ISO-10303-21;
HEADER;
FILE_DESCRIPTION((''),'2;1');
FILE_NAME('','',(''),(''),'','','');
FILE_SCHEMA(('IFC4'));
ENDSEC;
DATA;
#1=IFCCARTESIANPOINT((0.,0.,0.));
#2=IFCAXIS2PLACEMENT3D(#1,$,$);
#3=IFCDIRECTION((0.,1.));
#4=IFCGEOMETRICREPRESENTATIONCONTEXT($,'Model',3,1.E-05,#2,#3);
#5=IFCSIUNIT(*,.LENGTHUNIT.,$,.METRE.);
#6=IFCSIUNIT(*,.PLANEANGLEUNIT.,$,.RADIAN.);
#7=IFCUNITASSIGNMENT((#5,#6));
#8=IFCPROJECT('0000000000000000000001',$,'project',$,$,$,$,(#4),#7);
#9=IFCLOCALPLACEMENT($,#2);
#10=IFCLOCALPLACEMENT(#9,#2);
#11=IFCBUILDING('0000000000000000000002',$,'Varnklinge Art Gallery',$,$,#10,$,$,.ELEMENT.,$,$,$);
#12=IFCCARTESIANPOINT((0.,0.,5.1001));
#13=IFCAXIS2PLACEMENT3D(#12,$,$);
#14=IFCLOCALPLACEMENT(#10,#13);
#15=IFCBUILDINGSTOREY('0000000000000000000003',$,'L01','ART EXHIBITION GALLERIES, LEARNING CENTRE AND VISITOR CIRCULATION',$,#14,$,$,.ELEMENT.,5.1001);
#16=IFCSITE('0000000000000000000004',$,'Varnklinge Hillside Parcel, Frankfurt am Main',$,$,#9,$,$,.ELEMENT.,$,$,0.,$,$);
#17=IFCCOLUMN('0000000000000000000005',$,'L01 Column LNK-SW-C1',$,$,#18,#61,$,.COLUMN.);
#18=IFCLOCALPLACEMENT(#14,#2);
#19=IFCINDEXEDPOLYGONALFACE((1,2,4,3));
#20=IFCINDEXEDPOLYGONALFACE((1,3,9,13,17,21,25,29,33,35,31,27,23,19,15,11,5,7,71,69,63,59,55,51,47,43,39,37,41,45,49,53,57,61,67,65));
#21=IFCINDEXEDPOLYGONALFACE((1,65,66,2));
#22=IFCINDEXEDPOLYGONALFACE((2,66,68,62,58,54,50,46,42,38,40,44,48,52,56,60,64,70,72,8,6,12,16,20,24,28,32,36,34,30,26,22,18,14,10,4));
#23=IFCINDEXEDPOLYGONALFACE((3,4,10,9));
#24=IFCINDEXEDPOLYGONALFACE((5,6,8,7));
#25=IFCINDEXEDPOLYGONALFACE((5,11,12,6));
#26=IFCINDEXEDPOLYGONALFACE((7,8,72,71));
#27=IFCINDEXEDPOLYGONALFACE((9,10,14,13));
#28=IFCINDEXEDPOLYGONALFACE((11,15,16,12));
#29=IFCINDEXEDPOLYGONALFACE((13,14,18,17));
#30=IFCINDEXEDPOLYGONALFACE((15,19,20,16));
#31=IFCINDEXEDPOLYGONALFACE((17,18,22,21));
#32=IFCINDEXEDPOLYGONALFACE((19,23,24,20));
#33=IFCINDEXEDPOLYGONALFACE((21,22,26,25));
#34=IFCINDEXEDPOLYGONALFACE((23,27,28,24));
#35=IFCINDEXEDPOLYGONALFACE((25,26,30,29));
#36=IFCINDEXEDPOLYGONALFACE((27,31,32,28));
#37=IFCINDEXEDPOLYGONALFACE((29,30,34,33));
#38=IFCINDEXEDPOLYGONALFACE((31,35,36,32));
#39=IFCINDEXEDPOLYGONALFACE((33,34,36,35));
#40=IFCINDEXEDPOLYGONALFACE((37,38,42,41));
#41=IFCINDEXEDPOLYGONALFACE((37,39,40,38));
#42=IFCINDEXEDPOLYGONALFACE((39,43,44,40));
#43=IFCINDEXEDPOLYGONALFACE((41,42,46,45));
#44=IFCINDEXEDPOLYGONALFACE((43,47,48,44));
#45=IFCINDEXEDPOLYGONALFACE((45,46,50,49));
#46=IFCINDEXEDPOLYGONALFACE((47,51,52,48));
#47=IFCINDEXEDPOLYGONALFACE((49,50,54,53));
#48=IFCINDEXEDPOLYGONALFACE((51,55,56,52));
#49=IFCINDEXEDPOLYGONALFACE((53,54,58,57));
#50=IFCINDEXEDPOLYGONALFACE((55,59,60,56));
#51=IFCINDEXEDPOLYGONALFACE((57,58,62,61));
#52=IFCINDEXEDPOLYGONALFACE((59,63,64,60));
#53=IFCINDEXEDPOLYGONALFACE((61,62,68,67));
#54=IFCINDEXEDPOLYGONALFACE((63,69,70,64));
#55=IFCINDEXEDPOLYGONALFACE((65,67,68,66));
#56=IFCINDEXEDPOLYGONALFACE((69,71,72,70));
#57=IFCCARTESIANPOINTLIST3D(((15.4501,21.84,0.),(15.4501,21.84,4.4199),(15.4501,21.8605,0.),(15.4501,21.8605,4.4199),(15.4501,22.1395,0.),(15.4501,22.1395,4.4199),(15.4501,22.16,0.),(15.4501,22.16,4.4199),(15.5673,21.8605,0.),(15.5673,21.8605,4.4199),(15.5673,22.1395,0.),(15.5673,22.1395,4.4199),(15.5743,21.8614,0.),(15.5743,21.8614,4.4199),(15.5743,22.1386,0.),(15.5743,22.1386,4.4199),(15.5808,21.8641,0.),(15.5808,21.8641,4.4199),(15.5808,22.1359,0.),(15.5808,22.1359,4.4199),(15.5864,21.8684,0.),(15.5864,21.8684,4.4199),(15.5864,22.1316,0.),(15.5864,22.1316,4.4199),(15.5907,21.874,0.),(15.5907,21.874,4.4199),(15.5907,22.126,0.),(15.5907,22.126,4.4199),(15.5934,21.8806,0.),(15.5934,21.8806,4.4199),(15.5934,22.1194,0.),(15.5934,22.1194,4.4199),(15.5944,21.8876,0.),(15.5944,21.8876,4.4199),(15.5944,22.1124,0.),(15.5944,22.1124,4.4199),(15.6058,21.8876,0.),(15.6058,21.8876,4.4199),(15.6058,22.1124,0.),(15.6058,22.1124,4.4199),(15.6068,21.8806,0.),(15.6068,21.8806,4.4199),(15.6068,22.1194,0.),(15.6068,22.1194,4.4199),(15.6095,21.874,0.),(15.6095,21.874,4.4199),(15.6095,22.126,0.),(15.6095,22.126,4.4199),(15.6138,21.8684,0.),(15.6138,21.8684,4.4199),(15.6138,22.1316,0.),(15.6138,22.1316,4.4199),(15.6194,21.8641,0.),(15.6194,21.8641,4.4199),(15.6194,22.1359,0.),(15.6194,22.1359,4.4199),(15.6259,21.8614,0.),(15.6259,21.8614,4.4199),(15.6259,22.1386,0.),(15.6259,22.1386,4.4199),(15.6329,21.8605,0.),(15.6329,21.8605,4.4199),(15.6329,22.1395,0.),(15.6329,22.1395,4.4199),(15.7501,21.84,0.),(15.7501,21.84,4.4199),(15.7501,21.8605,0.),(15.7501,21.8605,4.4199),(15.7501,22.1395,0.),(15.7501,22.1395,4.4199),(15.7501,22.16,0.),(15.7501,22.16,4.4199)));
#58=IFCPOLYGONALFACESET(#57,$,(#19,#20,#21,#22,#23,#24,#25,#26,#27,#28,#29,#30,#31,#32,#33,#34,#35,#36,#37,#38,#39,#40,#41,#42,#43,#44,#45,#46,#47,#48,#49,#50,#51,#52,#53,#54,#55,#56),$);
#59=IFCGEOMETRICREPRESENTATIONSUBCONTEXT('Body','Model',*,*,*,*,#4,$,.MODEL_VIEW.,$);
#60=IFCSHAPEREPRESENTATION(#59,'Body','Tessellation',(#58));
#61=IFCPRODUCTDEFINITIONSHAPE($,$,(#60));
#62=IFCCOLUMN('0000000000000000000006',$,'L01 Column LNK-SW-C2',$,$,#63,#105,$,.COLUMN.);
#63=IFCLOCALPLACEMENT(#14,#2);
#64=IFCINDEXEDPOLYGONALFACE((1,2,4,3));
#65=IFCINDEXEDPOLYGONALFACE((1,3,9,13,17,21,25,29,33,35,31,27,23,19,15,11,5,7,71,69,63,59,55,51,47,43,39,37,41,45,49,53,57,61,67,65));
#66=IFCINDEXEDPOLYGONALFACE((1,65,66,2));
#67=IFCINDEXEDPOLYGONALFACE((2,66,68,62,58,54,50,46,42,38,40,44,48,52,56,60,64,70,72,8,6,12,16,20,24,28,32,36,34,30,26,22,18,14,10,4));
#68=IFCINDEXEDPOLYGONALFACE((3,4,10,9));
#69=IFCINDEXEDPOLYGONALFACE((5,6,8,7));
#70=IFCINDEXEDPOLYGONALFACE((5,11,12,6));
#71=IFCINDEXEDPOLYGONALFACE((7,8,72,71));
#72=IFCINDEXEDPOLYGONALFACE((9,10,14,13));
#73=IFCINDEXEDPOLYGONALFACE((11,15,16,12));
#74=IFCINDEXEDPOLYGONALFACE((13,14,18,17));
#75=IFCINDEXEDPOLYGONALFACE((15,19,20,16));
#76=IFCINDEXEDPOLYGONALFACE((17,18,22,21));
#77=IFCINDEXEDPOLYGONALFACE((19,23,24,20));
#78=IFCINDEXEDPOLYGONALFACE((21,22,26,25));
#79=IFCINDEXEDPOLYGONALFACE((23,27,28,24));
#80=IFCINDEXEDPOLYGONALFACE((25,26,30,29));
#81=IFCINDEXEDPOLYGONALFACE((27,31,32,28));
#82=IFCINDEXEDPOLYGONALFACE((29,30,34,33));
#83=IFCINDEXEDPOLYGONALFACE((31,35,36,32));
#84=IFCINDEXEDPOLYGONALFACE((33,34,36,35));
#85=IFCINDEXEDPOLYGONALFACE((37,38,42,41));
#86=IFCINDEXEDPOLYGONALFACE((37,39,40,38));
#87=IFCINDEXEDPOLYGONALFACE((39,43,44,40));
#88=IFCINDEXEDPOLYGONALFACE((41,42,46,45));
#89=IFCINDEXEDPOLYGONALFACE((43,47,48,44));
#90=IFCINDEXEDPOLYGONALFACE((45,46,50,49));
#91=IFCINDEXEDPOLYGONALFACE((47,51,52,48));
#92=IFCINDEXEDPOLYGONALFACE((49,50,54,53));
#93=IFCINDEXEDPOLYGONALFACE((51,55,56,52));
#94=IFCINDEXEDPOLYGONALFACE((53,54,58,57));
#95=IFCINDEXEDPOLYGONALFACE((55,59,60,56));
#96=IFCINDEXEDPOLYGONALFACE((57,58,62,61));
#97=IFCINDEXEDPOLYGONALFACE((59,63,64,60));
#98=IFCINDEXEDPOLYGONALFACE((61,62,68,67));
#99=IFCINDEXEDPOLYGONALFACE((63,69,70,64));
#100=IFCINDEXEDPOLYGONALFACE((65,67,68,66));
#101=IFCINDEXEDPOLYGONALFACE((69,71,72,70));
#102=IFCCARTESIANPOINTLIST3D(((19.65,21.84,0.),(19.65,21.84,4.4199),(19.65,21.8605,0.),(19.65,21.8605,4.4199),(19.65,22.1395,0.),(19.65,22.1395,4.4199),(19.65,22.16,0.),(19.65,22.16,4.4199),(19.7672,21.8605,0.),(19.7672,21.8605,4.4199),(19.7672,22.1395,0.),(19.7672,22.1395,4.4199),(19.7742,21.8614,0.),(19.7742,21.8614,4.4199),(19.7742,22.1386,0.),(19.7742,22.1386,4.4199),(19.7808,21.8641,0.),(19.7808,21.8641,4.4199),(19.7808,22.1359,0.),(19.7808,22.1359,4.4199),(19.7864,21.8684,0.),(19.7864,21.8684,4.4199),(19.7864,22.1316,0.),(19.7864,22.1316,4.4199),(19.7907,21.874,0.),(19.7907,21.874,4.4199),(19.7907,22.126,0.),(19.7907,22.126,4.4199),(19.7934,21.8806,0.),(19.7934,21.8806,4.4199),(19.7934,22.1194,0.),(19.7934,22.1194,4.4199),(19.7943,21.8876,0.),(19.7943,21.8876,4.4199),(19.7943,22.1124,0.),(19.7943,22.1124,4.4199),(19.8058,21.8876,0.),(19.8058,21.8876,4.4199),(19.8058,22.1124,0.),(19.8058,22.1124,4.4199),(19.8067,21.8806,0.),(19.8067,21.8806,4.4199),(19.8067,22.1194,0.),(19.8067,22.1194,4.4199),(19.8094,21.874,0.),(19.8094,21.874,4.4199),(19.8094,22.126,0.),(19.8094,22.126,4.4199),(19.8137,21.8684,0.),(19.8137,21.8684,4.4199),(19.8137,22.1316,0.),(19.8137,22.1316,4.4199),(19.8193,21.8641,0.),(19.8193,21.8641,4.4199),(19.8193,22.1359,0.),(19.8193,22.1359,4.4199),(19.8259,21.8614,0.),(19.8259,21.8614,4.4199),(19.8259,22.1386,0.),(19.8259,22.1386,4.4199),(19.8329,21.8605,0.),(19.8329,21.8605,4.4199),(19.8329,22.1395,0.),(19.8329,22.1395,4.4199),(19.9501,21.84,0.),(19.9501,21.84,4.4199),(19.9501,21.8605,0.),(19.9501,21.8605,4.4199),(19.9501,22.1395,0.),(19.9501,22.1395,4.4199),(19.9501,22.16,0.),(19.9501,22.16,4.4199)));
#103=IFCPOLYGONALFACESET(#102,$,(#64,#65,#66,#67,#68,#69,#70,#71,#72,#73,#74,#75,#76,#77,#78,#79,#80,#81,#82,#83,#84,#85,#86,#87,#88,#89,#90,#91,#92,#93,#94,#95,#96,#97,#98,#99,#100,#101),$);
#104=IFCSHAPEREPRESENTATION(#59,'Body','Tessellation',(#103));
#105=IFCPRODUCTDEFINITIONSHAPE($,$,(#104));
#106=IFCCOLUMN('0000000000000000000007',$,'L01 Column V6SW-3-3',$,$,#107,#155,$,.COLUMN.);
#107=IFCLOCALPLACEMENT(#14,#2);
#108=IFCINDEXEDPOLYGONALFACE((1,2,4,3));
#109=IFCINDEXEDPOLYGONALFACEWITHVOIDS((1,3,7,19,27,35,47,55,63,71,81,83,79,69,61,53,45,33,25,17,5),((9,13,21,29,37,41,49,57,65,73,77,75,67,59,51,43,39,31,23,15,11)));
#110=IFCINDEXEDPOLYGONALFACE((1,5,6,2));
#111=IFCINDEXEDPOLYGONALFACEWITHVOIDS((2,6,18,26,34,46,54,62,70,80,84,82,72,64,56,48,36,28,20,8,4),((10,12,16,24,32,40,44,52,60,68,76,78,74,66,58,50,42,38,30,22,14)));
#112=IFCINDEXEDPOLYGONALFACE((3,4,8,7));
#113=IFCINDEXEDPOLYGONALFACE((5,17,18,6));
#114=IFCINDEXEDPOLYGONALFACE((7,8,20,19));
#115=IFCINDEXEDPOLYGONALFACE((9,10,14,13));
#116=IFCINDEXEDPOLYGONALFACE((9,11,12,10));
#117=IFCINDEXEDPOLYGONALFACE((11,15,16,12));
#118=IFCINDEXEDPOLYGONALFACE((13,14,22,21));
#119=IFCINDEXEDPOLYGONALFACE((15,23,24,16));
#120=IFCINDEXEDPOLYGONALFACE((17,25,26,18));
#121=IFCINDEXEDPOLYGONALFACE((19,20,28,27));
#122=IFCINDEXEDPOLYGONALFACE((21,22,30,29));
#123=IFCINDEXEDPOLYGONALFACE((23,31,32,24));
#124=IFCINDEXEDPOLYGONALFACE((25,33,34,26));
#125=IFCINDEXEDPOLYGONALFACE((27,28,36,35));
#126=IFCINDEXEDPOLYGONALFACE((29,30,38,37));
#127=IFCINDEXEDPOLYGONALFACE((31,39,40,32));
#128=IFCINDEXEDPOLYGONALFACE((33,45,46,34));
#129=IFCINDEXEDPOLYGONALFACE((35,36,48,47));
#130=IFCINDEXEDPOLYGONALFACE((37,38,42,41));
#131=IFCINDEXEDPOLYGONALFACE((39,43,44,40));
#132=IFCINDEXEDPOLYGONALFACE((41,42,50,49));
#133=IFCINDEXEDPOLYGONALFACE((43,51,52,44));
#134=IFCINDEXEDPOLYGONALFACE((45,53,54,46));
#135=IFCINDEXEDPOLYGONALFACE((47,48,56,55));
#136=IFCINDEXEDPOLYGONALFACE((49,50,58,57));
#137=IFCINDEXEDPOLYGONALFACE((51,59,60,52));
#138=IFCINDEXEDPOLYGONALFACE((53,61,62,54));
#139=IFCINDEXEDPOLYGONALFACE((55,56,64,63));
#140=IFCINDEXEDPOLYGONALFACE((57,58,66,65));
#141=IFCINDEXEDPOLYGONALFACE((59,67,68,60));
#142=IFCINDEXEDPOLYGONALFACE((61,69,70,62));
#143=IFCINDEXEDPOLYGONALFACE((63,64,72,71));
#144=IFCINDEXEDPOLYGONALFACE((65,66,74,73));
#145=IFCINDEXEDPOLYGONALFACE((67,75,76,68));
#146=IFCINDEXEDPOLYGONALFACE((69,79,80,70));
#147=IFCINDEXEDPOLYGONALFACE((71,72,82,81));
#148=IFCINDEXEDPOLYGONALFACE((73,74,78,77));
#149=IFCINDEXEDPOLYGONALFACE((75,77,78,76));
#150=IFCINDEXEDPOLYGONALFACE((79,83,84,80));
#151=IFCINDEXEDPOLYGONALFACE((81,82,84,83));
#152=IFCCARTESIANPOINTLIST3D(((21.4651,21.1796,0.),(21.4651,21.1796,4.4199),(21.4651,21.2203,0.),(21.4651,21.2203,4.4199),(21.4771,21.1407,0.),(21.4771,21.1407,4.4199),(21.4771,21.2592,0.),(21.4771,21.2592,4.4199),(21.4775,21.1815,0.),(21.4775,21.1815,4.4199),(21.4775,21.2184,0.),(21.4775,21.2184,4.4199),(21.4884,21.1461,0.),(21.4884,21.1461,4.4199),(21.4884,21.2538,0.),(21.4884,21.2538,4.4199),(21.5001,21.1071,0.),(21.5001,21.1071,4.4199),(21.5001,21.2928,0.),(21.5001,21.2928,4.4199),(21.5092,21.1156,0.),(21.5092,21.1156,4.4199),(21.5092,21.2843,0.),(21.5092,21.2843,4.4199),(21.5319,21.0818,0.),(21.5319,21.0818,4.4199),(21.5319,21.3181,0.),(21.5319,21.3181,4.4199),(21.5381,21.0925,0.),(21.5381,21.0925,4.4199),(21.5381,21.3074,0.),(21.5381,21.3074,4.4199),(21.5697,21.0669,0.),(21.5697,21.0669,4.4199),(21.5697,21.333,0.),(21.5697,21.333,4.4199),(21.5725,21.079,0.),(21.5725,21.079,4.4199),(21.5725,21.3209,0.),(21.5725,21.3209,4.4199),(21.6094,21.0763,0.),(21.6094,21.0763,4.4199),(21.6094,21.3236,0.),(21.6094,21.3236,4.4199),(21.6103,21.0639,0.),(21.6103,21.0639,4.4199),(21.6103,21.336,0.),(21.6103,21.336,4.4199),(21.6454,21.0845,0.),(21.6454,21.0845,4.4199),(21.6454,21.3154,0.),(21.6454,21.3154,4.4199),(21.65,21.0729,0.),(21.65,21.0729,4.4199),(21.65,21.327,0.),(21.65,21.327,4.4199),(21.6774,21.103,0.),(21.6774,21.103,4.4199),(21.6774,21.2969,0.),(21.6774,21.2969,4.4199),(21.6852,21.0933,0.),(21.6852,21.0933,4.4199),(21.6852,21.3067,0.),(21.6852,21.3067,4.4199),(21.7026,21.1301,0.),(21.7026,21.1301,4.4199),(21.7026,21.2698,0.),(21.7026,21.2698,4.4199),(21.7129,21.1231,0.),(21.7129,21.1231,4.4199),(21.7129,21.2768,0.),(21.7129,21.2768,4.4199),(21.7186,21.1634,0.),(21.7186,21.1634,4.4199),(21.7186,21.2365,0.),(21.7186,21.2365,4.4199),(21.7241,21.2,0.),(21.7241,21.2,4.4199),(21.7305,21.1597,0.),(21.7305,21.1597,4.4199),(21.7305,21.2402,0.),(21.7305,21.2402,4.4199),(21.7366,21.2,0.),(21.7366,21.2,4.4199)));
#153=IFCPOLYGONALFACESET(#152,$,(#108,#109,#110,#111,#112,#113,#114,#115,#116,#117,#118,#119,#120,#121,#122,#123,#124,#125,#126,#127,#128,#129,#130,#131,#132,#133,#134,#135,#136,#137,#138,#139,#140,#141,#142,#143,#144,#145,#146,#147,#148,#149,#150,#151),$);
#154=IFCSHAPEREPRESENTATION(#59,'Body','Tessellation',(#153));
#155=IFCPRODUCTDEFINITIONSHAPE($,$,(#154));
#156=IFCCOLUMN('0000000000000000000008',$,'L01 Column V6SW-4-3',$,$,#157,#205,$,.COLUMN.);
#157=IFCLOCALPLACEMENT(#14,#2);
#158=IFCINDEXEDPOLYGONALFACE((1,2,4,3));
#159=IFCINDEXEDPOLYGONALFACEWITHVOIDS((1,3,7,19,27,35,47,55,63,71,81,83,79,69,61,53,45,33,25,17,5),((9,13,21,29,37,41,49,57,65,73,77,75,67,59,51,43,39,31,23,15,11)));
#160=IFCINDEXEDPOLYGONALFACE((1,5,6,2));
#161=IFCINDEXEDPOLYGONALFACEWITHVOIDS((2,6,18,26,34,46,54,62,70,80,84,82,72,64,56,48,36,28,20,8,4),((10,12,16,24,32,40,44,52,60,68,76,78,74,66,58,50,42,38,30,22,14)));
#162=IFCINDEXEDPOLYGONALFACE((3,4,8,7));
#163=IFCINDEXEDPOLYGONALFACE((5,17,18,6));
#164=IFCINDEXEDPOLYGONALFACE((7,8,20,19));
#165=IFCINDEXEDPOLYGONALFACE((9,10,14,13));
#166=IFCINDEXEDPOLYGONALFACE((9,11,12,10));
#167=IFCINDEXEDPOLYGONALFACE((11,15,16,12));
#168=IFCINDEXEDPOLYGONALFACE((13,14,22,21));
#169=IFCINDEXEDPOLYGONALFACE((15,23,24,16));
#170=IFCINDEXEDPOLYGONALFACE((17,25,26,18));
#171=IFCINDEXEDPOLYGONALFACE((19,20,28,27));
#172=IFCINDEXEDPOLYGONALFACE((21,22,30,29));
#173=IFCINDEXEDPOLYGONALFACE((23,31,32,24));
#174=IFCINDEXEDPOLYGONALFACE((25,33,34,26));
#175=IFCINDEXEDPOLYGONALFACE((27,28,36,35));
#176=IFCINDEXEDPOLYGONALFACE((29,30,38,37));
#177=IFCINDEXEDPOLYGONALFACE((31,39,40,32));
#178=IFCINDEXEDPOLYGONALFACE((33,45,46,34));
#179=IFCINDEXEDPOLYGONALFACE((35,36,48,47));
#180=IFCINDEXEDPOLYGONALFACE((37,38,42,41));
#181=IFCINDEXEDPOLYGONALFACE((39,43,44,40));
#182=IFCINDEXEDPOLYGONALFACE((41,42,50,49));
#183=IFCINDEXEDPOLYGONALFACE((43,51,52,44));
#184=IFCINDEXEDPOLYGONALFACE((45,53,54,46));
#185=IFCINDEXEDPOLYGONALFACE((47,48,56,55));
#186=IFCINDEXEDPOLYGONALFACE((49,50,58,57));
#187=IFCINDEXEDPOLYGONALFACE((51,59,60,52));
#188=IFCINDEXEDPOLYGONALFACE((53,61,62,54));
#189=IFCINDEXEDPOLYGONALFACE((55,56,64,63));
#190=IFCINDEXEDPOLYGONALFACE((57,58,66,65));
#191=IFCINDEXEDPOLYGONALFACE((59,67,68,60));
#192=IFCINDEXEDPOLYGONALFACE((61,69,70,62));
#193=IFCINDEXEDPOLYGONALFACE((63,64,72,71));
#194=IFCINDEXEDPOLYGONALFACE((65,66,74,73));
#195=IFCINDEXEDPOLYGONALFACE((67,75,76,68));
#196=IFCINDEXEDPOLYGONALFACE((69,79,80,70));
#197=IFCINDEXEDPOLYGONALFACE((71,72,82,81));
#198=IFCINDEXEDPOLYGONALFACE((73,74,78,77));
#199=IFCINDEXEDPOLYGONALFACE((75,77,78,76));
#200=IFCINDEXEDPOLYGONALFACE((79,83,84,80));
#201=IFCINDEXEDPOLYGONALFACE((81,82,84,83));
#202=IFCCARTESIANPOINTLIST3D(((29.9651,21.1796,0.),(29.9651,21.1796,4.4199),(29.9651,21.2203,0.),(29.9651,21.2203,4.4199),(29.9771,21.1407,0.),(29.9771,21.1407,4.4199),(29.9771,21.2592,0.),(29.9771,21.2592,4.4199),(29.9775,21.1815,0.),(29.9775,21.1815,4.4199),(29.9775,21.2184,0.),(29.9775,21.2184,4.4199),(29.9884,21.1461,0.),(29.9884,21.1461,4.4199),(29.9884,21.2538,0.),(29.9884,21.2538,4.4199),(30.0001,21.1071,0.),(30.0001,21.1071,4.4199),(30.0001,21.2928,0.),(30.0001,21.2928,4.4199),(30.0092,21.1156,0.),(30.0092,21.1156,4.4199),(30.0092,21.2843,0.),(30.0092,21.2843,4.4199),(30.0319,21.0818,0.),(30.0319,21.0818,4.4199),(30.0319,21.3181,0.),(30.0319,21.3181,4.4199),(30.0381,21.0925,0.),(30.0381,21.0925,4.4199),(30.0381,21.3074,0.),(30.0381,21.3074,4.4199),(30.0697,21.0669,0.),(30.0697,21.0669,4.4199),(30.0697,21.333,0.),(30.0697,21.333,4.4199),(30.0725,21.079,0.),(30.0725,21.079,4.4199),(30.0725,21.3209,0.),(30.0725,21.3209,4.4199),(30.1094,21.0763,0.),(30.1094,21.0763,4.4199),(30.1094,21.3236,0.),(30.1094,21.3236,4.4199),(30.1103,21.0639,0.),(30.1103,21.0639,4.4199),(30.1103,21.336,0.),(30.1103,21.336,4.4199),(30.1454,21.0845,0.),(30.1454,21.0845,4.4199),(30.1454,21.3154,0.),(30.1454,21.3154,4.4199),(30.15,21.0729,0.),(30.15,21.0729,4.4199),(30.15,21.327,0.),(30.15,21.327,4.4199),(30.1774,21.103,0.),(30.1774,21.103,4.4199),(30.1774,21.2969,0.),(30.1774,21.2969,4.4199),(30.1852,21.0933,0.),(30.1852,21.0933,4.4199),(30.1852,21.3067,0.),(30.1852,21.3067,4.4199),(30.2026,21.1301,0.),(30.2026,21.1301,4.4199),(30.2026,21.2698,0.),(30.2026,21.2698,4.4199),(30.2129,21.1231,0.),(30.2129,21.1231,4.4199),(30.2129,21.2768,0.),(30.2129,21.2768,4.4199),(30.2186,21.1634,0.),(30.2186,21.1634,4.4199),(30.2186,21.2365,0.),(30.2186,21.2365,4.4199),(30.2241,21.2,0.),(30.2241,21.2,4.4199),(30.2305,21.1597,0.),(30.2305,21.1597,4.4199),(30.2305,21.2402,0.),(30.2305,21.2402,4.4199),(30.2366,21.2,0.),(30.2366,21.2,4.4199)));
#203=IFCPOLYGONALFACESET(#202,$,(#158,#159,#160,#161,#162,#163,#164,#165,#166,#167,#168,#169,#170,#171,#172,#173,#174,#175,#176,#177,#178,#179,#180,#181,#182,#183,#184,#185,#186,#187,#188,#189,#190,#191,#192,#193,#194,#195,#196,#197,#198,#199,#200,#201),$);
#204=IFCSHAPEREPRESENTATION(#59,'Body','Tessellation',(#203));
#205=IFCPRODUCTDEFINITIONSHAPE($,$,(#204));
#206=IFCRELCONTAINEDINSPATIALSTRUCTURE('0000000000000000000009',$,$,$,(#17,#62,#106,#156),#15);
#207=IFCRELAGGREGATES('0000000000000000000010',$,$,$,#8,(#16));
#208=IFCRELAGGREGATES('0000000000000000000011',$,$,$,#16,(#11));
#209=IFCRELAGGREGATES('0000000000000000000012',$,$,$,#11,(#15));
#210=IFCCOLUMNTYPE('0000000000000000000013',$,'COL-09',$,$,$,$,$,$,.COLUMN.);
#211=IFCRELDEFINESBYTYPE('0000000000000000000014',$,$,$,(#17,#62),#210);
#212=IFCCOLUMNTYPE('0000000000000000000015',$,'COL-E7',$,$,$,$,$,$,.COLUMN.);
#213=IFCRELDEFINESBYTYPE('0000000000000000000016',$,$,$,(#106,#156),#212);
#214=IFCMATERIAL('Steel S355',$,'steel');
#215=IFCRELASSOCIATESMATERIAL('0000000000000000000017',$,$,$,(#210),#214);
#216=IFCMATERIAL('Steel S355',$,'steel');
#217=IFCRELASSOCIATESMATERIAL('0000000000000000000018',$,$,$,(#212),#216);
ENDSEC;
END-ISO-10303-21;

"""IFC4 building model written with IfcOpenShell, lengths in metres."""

from ifc_helpers import new_model, si_unit, direction, frame, origin, origin_2d, place, context, subcontext, project, spatial, hollow_circle, i_section, extrude, material, material_profile, profile_set, type_object, element, save


model = new_model("IFC4")

# Units and contexts
model_context = context("Model", 3, precision=1e-05, world=origin(), true_north=direction((0.0, 1.0)))
body_context = subcontext(model_context, "Body", "Model", "MODEL_VIEW")
ifc_project = project(units=[si_unit("LENGTHUNIT", "METRE"), si_unit("PLANEANGLEUNIT", "RADIAN")], contexts=[model_context])

# Site, building, storey
site_placement = place(None, origin())
site = spatial("IfcSite", under=ifc_project, at=site_placement, Name="Varnklinge Hillside Parcel, Frankfurt am Main", CompositionType="ELEMENT", RefElevation=0.0)
building_placement = place(site_placement, origin())
building = spatial("IfcBuilding", under=site, at=building_placement, Name="Varnklinge Art Gallery", CompositionType="ELEMENT")
storey_placement = place(building_placement, frame((0.0, 0.0, 5.1001)))
storey = spatial("IfcBuildingStorey", under=building, at=storey_placement, Name="L01", Description="ART EXHIBITION GALLERIES, LEARNING CENTRE AND VISITOR CIRCULATION", CompositionType="ELEMENT", Elevation=5.1001)

# Columns
ifc_material_1 = material(Name="Steel S355", Category="steel")
ifc_material_profile_1 = material_profile(ifc_material_1, i_section(OverallWidth=0.3, OverallDepth=0.3201, WebThickness=0.0115, FlangeThickness=0.0205, FilletRadius=0.0271, at=origin_2d()), Name="HEB 320")
ifc_profile_set_1 = profile_set([ifc_material_profile_1], Name="Steel S355")
column_type_1 = type_object("IfcColumnType", Name="COL-09", PredefinedType="COLUMN", material=ifc_profile_set_1)
for number, where, z_axis, x_axis, name in (
    (1, (15.6001, 22.0, 0.0), (0.0, 0.0, 1.0), (1.0, 0.0, 0.0), "L01 Column LNK-SW-C1"),
    (2, (19.8, 22.0, 0.0), (0.0, 0.0, 1.0), (1.0, 0.0, 0.0), "L01 Column LNK-SW-C2"),
):
    element("IfcColumn", number, at=place(storey_placement, frame(where, z_axis=z_axis, x_axis=x_axis)), inside=storey, type_object=column_type_1, Name=name, PredefinedType="COLUMN", context=body_context, shape_type="SweptSolid", body=[
        extrude(i_section(OverallWidth=0.3, OverallDepth=0.3201, WebThickness=0.0115, FlangeThickness=0.0205, FilletRadius=0.0271, at=origin_2d()), origin(), (0.0, 0.0, 1.0), 4.4199),
    ])
ifc_material_2 = material(Name="Steel S355", Category="steel")
ifc_material_profile_2 = material_profile(ifc_material_2, hollow_circle(Radius=0.1365, WallThickness=0.0125, at=origin_2d()), Name="CHS 273x12.5")
ifc_profile_set_2 = profile_set([ifc_material_profile_2], Name="Steel S355")
column_type_2 = type_object("IfcColumnType", Name="COL-E7", PredefinedType="COLUMN", material=ifc_profile_set_2)
for number, where, z_axis, x_axis, name in (
    (3, (21.6001, 21.2, 0.0), (0.0, 0.0, 1.0), (1.0, 0.0, 0.0), "L01 Column V6SW-3-3"),
    (4, (30.1001, 21.2, 0.0), (0.0, 0.0, 1.0), (1.0, 0.0, 0.0), "L01 Column V6SW-4-3"),
):
    element("IfcColumn", number, at=place(storey_placement, frame(where, z_axis=z_axis, x_axis=x_axis)), inside=storey, type_object=column_type_2, Name=name, PredefinedType="COLUMN", context=body_context, shape_type="SweptSolid", body=[
        extrude(hollow_circle(Radius=0.1365, WallThickness=0.0125, at=origin_2d()), origin(), (0.0, 0.0, 1.0), 4.4199),
    ])

save(model, "model.ifc")
